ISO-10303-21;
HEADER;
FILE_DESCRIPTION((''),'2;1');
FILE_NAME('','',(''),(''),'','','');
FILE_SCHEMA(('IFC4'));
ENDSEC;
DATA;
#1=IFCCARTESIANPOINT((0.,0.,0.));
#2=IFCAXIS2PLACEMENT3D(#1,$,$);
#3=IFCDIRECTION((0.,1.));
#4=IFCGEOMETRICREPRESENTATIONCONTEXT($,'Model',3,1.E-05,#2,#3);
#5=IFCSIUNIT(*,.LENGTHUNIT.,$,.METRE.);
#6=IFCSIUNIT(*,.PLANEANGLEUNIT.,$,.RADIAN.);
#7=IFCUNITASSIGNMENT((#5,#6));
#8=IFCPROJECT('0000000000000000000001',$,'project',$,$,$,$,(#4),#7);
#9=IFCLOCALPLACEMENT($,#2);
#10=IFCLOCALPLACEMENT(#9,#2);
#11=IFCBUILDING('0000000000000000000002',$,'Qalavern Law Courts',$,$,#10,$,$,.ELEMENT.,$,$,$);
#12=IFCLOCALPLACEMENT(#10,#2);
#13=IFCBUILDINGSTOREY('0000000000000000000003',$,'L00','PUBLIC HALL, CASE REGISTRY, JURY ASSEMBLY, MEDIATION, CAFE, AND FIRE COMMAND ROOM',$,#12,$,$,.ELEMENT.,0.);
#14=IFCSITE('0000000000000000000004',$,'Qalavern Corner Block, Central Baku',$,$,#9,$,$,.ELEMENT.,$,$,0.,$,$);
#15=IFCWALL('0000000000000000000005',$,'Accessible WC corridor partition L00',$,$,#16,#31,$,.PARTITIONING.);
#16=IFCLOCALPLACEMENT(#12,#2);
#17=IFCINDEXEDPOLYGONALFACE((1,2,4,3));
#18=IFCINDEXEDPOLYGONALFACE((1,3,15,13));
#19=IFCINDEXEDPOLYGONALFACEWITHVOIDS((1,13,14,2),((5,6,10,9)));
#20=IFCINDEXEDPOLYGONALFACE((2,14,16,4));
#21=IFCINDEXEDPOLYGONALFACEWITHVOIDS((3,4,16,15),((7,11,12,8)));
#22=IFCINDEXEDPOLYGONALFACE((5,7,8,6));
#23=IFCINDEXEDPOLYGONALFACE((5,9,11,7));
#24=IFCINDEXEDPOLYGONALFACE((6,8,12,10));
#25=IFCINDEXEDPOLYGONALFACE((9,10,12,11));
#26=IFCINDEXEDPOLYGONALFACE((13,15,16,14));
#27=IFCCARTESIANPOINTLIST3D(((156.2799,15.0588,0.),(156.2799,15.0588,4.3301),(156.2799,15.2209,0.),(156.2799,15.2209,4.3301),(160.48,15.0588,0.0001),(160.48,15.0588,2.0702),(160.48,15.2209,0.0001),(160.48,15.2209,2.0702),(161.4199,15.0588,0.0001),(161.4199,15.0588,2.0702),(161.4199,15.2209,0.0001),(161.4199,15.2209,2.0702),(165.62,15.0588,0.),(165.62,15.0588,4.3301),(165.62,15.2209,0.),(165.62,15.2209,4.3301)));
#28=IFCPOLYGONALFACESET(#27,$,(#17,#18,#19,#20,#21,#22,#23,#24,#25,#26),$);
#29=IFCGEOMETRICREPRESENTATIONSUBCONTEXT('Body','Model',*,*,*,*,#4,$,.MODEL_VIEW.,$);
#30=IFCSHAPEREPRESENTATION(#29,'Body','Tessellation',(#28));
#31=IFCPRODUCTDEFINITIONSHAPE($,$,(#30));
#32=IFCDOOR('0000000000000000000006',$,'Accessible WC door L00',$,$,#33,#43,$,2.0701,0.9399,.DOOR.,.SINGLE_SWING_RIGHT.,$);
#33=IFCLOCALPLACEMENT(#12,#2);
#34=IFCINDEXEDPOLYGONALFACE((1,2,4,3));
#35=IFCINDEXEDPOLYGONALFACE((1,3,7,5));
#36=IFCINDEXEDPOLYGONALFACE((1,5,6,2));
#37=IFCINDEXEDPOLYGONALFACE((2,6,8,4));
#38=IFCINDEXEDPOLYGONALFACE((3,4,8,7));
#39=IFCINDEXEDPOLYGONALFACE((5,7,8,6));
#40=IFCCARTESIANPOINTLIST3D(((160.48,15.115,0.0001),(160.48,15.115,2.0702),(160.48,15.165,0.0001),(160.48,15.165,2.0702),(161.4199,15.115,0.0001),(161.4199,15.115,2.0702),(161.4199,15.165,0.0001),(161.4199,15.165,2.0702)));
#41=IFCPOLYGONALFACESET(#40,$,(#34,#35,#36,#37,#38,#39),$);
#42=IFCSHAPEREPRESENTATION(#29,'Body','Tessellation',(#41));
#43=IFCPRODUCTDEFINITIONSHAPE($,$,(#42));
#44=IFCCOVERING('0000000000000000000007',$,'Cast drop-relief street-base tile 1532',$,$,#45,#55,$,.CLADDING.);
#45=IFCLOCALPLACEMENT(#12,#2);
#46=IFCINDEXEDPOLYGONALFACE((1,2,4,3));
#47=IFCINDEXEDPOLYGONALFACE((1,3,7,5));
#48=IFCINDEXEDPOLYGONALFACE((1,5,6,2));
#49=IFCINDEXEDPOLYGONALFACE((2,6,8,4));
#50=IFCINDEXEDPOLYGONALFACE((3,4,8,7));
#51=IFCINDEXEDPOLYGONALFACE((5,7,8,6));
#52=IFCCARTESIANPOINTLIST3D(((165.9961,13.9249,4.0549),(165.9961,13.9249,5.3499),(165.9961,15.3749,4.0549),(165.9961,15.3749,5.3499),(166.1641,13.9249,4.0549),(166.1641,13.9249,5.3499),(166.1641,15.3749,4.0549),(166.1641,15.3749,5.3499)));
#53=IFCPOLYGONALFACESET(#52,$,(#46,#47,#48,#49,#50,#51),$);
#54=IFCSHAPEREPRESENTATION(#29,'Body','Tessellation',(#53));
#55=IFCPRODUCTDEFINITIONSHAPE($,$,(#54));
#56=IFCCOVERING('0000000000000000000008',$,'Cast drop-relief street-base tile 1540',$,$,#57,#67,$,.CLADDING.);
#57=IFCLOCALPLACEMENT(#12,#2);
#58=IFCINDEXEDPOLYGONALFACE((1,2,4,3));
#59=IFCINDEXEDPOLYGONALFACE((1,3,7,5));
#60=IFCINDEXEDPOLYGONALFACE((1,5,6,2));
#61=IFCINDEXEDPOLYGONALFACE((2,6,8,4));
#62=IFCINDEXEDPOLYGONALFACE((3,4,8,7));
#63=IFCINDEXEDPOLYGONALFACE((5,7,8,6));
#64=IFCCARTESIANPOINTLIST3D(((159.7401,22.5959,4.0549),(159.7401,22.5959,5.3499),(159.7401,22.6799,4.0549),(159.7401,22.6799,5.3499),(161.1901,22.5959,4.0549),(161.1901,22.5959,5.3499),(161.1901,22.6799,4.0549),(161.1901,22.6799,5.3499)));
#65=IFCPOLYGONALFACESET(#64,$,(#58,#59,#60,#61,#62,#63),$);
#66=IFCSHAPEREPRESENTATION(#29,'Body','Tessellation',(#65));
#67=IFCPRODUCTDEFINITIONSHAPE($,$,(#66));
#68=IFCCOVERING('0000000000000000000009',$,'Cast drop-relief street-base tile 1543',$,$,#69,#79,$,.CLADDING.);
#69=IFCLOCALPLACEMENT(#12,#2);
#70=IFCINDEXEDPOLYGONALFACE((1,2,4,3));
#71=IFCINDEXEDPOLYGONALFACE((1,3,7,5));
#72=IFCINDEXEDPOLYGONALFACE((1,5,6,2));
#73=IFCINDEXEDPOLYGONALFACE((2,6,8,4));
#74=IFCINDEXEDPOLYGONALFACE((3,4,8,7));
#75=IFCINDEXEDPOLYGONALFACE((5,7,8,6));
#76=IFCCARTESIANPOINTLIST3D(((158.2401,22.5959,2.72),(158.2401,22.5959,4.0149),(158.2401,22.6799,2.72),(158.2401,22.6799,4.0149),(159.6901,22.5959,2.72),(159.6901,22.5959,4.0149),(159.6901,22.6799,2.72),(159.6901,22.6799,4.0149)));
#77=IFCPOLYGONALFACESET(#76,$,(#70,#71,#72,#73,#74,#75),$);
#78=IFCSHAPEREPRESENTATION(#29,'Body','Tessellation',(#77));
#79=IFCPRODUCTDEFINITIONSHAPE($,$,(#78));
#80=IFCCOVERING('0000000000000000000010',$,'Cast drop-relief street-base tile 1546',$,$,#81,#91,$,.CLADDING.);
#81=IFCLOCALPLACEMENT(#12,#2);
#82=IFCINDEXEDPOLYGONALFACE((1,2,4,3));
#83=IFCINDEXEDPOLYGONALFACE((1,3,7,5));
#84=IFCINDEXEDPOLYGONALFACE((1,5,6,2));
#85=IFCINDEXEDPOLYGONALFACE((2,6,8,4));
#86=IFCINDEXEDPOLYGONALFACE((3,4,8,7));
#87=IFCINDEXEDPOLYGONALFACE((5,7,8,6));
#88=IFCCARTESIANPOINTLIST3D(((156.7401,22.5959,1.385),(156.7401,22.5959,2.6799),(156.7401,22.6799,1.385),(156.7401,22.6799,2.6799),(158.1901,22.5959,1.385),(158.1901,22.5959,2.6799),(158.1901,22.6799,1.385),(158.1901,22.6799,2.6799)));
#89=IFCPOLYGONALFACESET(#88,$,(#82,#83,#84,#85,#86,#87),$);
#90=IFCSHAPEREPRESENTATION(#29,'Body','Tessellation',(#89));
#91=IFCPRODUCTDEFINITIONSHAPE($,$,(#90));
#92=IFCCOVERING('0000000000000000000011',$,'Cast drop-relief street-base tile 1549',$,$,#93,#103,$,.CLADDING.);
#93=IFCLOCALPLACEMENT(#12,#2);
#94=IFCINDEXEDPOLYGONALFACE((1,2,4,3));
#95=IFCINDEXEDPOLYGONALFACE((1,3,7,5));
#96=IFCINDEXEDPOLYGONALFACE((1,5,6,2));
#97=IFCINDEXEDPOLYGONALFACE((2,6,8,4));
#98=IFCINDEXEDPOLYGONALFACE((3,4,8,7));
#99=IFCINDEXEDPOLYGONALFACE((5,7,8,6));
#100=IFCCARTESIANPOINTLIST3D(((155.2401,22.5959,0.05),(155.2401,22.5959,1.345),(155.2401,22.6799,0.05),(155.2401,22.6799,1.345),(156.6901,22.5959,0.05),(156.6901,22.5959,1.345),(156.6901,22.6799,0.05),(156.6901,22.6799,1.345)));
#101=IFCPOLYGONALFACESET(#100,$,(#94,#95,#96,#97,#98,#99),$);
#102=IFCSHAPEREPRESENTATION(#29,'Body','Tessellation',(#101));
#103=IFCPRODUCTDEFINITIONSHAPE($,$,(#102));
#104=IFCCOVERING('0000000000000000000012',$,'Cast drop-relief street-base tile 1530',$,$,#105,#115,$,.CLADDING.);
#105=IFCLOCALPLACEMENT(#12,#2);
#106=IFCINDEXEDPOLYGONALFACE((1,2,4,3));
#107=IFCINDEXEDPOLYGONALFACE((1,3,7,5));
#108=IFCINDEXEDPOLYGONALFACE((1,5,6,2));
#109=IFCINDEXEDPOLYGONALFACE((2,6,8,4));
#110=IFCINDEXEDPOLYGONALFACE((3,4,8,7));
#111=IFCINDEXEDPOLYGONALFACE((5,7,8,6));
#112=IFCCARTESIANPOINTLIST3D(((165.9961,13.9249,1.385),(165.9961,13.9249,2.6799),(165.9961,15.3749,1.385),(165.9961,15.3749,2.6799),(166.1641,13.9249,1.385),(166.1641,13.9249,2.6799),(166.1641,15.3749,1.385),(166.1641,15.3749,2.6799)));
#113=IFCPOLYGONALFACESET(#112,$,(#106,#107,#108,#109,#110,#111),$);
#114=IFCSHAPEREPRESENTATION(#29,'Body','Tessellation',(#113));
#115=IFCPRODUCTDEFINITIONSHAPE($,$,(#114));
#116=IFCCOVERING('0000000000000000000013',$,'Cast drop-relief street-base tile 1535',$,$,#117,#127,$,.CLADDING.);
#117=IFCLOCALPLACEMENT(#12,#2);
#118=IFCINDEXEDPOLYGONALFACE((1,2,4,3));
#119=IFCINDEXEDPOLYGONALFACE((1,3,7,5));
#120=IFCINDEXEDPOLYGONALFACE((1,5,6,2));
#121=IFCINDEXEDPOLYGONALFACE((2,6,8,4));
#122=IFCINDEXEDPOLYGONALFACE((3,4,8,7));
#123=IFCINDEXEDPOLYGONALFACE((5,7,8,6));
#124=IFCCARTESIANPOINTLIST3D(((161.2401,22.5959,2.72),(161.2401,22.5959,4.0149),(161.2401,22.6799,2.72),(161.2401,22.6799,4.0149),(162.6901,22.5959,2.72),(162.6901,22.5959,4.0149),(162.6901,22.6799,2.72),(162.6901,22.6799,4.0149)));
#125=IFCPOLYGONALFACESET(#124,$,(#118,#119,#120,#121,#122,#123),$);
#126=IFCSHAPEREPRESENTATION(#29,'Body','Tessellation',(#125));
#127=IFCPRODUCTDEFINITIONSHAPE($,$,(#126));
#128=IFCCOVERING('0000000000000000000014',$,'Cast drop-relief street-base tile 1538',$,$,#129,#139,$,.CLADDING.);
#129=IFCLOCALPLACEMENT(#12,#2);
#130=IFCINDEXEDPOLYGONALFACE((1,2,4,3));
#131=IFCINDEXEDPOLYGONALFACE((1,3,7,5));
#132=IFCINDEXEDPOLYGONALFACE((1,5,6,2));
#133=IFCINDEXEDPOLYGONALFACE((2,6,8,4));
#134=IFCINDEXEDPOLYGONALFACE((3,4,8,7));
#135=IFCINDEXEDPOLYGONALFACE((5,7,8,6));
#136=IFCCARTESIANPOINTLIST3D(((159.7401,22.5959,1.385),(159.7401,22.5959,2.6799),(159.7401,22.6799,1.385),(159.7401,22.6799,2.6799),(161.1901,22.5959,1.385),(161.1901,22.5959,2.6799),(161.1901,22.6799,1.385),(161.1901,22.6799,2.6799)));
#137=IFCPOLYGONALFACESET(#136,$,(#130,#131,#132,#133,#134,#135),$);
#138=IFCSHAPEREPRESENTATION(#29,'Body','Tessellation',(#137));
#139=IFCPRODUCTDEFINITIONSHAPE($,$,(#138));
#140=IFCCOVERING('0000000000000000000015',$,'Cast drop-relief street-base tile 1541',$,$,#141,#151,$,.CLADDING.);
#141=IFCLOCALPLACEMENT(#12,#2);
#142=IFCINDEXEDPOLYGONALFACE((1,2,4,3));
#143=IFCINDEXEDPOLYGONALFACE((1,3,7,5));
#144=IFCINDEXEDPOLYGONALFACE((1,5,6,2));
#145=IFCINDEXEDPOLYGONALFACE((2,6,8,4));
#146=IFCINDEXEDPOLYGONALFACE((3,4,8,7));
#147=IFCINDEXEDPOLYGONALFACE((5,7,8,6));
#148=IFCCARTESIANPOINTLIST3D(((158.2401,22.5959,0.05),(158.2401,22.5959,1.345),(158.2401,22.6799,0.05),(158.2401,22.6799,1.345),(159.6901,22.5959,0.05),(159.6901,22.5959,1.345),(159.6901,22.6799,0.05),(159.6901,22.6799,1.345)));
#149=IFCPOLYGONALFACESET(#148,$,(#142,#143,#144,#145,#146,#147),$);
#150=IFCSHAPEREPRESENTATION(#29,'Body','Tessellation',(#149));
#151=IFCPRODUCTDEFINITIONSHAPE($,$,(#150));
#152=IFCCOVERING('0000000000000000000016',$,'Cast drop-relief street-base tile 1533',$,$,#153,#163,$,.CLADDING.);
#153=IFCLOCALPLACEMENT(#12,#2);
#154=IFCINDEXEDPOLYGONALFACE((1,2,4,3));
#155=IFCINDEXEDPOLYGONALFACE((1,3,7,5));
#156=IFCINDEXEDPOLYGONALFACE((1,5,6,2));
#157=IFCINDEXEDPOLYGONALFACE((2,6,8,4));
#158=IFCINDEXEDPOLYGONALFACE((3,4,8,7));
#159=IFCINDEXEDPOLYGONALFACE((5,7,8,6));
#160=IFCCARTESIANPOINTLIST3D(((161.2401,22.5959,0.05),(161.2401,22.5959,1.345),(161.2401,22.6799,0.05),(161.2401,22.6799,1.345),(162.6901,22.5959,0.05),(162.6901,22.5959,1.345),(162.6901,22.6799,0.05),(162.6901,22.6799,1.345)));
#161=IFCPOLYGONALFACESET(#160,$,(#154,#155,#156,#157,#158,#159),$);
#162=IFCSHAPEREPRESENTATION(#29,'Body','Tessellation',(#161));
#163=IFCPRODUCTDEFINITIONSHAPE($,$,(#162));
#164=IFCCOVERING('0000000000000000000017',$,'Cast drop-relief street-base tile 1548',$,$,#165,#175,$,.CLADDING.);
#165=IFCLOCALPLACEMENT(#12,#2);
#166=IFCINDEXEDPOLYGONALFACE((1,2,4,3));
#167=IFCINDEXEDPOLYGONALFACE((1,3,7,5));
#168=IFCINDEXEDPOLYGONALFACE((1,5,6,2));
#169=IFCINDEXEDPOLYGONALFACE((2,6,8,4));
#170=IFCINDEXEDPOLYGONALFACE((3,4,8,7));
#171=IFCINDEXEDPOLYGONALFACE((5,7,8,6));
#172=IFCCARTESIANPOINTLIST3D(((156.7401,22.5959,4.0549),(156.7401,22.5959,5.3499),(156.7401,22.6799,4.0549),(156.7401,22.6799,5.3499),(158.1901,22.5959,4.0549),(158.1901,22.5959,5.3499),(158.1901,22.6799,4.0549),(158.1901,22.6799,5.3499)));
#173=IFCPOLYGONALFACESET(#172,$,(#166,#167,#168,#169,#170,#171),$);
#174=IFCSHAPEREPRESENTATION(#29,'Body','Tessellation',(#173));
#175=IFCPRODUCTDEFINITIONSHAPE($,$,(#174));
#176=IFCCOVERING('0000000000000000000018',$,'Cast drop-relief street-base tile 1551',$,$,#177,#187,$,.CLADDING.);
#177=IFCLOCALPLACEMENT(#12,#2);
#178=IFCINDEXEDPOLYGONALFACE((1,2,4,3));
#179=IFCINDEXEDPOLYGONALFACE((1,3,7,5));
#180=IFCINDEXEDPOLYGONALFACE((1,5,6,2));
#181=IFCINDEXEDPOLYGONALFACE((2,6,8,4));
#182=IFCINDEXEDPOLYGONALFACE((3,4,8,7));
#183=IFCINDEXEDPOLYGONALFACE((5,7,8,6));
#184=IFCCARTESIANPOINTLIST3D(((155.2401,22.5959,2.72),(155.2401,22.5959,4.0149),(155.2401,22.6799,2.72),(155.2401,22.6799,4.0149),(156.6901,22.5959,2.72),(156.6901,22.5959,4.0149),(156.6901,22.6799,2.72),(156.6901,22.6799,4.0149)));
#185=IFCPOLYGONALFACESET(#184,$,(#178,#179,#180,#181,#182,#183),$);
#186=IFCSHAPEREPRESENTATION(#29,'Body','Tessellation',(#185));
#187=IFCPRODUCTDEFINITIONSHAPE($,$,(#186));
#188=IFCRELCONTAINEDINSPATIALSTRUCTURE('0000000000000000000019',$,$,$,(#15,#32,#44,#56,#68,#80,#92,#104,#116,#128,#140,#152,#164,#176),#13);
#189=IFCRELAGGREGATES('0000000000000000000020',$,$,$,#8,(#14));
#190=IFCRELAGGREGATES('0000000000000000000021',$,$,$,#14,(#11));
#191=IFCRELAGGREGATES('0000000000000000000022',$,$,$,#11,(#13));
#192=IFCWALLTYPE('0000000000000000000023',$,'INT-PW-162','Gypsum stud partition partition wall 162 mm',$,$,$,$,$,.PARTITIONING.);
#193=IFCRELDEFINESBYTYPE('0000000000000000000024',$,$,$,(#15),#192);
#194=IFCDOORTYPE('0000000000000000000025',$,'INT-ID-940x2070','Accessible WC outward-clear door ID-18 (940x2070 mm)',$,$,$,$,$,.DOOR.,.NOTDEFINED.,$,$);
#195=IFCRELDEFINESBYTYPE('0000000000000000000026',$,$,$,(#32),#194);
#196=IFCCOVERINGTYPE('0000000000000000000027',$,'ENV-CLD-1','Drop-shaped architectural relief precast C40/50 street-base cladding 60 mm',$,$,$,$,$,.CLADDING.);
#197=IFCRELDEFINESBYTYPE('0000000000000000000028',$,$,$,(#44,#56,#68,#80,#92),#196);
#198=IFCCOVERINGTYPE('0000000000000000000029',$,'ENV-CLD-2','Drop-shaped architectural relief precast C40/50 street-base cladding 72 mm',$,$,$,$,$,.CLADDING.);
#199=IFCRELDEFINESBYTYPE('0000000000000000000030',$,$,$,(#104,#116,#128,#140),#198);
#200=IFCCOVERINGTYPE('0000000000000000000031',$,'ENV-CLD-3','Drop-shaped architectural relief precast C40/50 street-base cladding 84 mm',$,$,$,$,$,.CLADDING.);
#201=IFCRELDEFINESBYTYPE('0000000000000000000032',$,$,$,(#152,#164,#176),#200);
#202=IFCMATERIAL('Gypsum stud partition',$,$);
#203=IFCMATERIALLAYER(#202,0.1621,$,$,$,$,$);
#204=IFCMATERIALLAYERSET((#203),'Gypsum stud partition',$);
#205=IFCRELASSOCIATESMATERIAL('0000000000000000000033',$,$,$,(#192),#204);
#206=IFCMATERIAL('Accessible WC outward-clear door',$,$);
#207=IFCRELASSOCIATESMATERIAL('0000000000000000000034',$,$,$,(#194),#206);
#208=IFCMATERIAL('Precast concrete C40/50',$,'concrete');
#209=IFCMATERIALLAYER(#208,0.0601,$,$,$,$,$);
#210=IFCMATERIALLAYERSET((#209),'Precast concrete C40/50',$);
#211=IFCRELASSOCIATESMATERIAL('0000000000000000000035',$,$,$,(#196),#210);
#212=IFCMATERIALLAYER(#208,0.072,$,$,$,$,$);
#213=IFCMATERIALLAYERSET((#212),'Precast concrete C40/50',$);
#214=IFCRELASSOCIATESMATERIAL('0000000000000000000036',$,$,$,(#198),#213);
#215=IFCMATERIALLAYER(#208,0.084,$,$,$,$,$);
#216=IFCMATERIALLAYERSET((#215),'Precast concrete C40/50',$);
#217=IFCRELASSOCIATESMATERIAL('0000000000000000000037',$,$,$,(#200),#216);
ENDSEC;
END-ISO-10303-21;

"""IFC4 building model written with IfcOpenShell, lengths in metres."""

from ifc_helpers import new_model, si_unit, direction, frame, frame_2d, origin, origin_2d, place, context, subcontext, project, spatial, rectangle, extrude, material, layer, layer_set, type_object, element, fill, save


model = new_model("IFC4")

# Units and contexts
model_context = context("Model", 3, precision=1e-05, world=origin(), true_north=direction((0.0, 1.0)))
body_context = subcontext(model_context, "Body", "Model", "MODEL_VIEW")
ifc_project = project(units=[si_unit("LENGTHUNIT", "METRE"), si_unit("PLANEANGLEUNIT", "RADIAN")], contexts=[model_context])

# Site, building, storey
site_placement = place(None, origin())
site = spatial("IfcSite", under=ifc_project, at=site_placement, Name="Qalavern Corner Block, Central Baku", CompositionType="ELEMENT", RefElevation=0.0)
building_placement = place(site_placement, origin())
building = spatial("IfcBuilding", under=site, at=building_placement, Name="Qalavern Law Courts", CompositionType="ELEMENT")
storey_placement = place(building_placement, origin())
storey = spatial("IfcBuildingStorey", under=building, at=storey_placement, Name="L00", Description="PUBLIC HALL, CASE REGISTRY, JURY ASSEMBLY, MEDIATION, CAFE, AND FIRE COMMAND ROOM", CompositionType="ELEMENT", Elevation=0.0)

# Wall, opening, door
ifc_material_1 = material(Name="Gypsum stud partition")
ifc_layer_1 = layer(ifc_material_1, 0.1621)
ifc_layer_set_1 = layer_set([ifc_layer_1], Name="Gypsum stud partition")
wall_type_1 = type_object("IfcWallType", Name="INT-PW-162", Description="Gypsum stud partition partition wall 162 mm", PredefinedType="PARTITIONING", material=ifc_layer_set_1)
wall_1_placement = place(storey_placement, frame((156.28, 15.1399, 0.0), z_axis=(0.0, 0.0, 1.0), x_axis=(1.0, 0.0, 0.0)))
wall_1 = element("IfcWall", 1, at=wall_1_placement, inside=storey, type_object=wall_type_1, Name="Accessible WC corridor partition L00", PredefinedType="PARTITIONING", context=body_context, shape_type="SweptSolid", body=[
    extrude(rectangle(XDim=9.3401, YDim=0.1621, at=frame_2d((4.6699, 0.0))), origin(), (0.0, 0.0, 1.0), 4.3301),
])
opening_1_placement = place(wall_1_placement, frame((4.2, 0.0, 0.0)))
opening_1 = element("IfcOpeningElement", 2, at=opening_1_placement, cuts=wall_1, PredefinedType="OPENING", context=body_context, shape_type="SweptSolid", body=[
    extrude(rectangle(XDim=0.9399, YDim=2.0701, at=frame_2d((0.47, 1.0352))), frame((0.0, 0.0959, 0.0), z_axis=(0.0, -1.0, 0.0), x_axis=(1.0, 0.0, 0.0)), (0.0, 0.0, 1.0), 0.1919),
])
ifc_material_2 = material(Name="Accessible WC outward-clear door")
door_type = type_object("IfcDoorType", Name="INT-ID-940x2070", Description="Accessible WC outward-clear door ID-18 (940x2070 mm)", OperationType="NOTDEFINED", PredefinedType="DOOR", material=ifc_material_2)
door_placement = place(opening_1_placement, frame((0.9399, 0.0, 0.0), z_axis=(0.0, 0.0, 1.0), x_axis=(-1.0, 0.0, 0.0)))
door = element("IfcDoor", 3, at=door_placement, inside=storey, type_object=door_type, Name="Accessible WC door L00", OperationType="SINGLE_SWING_RIGHT", OverallHeight=2.0701, OverallWidth=0.9399, PredefinedType="DOOR", context=body_context, shape_type="SweptSolid", body=[
    extrude(rectangle(XDim=0.9399, YDim=2.0701, at=frame_2d((0.47, 1.0352))), frame((0.0, 0.0249, 0.0), z_axis=(0.0, -1.0, 0.0), x_axis=(1.0, 0.0, 0.0)), (0.0, 0.0, 1.0), 0.05),
])
fill(opening_1, door)

# Coverings
ifc_material_3 = material(Name="Precast concrete C40/50", Category="concrete")
ifc_layer_2 = layer(ifc_material_3, 0.0601)
ifc_layer_set_2 = layer_set([ifc_layer_2], Name="Precast concrete C40/50")
covering_type_1 = type_object("IfcCoveringType", Name="ENV-CLD-1", Description="Drop-shaped architectural relief precast C40/50 street-base cladding 60 mm", PredefinedType="CLADDING", material=ifc_layer_set_2)
covering_1_placement = place(storey_placement, frame((166.0801, 14.6499, 4.0549), z_axis=(0.0, 0.0, 1.0), x_axis=(0.0, 1.0, 0.0)))
element("IfcCovering", 4, at=covering_1_placement, inside=storey, type_object=covering_type_1, Name="Cast drop-relief street-base tile 1532", PredefinedType="CLADDING", context=body_context, shape_type="SweptSolid", body=[
    extrude(rectangle(XDim=1.45, YDim=0.168, at=origin_2d()), origin(), (0.0, 0.0, 1.0), 1.2949),
])
for number, where, z_axis, x_axis, name in (
    (5, (160.4651, 22.6379, 4.0549), (0.0, 0.0, 1.0), (-1.0, 0.0, 0.0), "Cast drop-relief street-base tile 1540"),
    (6, (158.9651, 22.6379, 2.72), (0.0, 0.0, 1.0), (-1.0, 0.0, 0.0), "Cast drop-relief street-base tile 1543"),
    (7, (157.4651, 22.6379, 1.385), (0.0, 0.0, 1.0), (-1.0, 0.0, 0.0), "Cast drop-relief street-base tile 1546"),
    (8, (155.9651, 22.6379, 0.05), (0.0, 0.0, 1.0), (-1.0, 0.0, 0.0), "Cast drop-relief street-base tile 1549"),
):
    element("IfcCovering", number, at=place(storey_placement, frame(where, z_axis=z_axis, x_axis=x_axis)), inside=storey, type_object=covering_type_1, Name=name, PredefinedType="CLADDING", context=body_context, shape_type="SweptSolid", body=[
        extrude(rectangle(XDim=1.45, YDim=0.084, at=origin_2d()), origin(), (0.0, 0.0, 1.0), 1.2949),
    ])
ifc_layer_3 = layer(ifc_material_3, 0.072)
ifc_layer_set_3 = layer_set([ifc_layer_3], Name="Precast concrete C40/50")
covering_type_2 = type_object("IfcCoveringType", Name="ENV-CLD-2", Description="Drop-shaped architectural relief precast C40/50 street-base cladding 72 mm", PredefinedType="CLADDING", material=ifc_layer_set_3)
covering_2_placement = place(storey_placement, frame((166.0801, 14.6499, 1.385), z_axis=(0.0, 0.0, 1.0), x_axis=(0.0, 1.0, 0.0)))
element("IfcCovering", 9, at=covering_2_placement, inside=storey, type_object=covering_type_2, Name="Cast drop-relief street-base tile 1530", PredefinedType="CLADDING", context=body_context, shape_type="SweptSolid", body=[
    extrude(rectangle(XDim=1.45, YDim=0.168, at=origin_2d()), origin(), (0.0, 0.0, 1.0), 1.2949),
])
for number, where, z_axis, x_axis, name in (
    (10, (161.9651, 22.6379, 2.72), (0.0, 0.0, 1.0), (-1.0, 0.0, 0.0), "Cast drop-relief street-base tile 1535"),
    (11, (160.4651, 22.6379, 1.385), (0.0, 0.0, 1.0), (-1.0, 0.0, 0.0), "Cast drop-relief street-base tile 1538"),
    (12, (158.9651, 22.6379, 0.05), (0.0, 0.0, 1.0), (-1.0, 0.0, 0.0), "Cast drop-relief street-base tile 1541"),
):
    element("IfcCovering", number, at=place(storey_placement, frame(where, z_axis=z_axis, x_axis=x_axis)), inside=storey, type_object=covering_type_2, Name=name, PredefinedType="CLADDING", context=body_context, shape_type="SweptSolid", body=[
        extrude(rectangle(XDim=1.45, YDim=0.084, at=origin_2d()), origin(), (0.0, 0.0, 1.0), 1.2949),
    ])
ifc_layer_4 = layer(ifc_material_3, 0.084)
ifc_layer_set_4 = layer_set([ifc_layer_4], Name="Precast concrete C40/50")
covering_type_3 = type_object("IfcCoveringType", Name="ENV-CLD-3", Description="Drop-shaped architectural relief precast C40/50 street-base cladding 84 mm", PredefinedType="CLADDING", material=ifc_layer_set_4)
for number, where, z_axis, x_axis, name in (
    (13, (161.9651, 22.6379, 0.05), (0.0, 0.0, 1.0), (-1.0, 0.0, 0.0), "Cast drop-relief street-base tile 1533"),
    (14, (157.4651, 22.6379, 4.0549), (0.0, 0.0, 1.0), (-1.0, 0.0, 0.0), "Cast drop-relief street-base tile 1548"),
    (15, (155.9651, 22.6379, 2.72), (0.0, 0.0, 1.0), (-1.0, 0.0, 0.0), "Cast drop-relief street-base tile 1551"),
):
    element("IfcCovering", number, at=place(storey_placement, frame(where, z_axis=z_axis, x_axis=x_axis)), inside=storey, type_object=covering_type_3, Name=name, PredefinedType="CLADDING", context=body_context, shape_type="SweptSolid", body=[
        extrude(rectangle(XDim=1.45, YDim=0.084, at=origin_2d()), origin(), (0.0, 0.0, 1.0), 1.2949),
    ])

save(model, "model.ifc")
